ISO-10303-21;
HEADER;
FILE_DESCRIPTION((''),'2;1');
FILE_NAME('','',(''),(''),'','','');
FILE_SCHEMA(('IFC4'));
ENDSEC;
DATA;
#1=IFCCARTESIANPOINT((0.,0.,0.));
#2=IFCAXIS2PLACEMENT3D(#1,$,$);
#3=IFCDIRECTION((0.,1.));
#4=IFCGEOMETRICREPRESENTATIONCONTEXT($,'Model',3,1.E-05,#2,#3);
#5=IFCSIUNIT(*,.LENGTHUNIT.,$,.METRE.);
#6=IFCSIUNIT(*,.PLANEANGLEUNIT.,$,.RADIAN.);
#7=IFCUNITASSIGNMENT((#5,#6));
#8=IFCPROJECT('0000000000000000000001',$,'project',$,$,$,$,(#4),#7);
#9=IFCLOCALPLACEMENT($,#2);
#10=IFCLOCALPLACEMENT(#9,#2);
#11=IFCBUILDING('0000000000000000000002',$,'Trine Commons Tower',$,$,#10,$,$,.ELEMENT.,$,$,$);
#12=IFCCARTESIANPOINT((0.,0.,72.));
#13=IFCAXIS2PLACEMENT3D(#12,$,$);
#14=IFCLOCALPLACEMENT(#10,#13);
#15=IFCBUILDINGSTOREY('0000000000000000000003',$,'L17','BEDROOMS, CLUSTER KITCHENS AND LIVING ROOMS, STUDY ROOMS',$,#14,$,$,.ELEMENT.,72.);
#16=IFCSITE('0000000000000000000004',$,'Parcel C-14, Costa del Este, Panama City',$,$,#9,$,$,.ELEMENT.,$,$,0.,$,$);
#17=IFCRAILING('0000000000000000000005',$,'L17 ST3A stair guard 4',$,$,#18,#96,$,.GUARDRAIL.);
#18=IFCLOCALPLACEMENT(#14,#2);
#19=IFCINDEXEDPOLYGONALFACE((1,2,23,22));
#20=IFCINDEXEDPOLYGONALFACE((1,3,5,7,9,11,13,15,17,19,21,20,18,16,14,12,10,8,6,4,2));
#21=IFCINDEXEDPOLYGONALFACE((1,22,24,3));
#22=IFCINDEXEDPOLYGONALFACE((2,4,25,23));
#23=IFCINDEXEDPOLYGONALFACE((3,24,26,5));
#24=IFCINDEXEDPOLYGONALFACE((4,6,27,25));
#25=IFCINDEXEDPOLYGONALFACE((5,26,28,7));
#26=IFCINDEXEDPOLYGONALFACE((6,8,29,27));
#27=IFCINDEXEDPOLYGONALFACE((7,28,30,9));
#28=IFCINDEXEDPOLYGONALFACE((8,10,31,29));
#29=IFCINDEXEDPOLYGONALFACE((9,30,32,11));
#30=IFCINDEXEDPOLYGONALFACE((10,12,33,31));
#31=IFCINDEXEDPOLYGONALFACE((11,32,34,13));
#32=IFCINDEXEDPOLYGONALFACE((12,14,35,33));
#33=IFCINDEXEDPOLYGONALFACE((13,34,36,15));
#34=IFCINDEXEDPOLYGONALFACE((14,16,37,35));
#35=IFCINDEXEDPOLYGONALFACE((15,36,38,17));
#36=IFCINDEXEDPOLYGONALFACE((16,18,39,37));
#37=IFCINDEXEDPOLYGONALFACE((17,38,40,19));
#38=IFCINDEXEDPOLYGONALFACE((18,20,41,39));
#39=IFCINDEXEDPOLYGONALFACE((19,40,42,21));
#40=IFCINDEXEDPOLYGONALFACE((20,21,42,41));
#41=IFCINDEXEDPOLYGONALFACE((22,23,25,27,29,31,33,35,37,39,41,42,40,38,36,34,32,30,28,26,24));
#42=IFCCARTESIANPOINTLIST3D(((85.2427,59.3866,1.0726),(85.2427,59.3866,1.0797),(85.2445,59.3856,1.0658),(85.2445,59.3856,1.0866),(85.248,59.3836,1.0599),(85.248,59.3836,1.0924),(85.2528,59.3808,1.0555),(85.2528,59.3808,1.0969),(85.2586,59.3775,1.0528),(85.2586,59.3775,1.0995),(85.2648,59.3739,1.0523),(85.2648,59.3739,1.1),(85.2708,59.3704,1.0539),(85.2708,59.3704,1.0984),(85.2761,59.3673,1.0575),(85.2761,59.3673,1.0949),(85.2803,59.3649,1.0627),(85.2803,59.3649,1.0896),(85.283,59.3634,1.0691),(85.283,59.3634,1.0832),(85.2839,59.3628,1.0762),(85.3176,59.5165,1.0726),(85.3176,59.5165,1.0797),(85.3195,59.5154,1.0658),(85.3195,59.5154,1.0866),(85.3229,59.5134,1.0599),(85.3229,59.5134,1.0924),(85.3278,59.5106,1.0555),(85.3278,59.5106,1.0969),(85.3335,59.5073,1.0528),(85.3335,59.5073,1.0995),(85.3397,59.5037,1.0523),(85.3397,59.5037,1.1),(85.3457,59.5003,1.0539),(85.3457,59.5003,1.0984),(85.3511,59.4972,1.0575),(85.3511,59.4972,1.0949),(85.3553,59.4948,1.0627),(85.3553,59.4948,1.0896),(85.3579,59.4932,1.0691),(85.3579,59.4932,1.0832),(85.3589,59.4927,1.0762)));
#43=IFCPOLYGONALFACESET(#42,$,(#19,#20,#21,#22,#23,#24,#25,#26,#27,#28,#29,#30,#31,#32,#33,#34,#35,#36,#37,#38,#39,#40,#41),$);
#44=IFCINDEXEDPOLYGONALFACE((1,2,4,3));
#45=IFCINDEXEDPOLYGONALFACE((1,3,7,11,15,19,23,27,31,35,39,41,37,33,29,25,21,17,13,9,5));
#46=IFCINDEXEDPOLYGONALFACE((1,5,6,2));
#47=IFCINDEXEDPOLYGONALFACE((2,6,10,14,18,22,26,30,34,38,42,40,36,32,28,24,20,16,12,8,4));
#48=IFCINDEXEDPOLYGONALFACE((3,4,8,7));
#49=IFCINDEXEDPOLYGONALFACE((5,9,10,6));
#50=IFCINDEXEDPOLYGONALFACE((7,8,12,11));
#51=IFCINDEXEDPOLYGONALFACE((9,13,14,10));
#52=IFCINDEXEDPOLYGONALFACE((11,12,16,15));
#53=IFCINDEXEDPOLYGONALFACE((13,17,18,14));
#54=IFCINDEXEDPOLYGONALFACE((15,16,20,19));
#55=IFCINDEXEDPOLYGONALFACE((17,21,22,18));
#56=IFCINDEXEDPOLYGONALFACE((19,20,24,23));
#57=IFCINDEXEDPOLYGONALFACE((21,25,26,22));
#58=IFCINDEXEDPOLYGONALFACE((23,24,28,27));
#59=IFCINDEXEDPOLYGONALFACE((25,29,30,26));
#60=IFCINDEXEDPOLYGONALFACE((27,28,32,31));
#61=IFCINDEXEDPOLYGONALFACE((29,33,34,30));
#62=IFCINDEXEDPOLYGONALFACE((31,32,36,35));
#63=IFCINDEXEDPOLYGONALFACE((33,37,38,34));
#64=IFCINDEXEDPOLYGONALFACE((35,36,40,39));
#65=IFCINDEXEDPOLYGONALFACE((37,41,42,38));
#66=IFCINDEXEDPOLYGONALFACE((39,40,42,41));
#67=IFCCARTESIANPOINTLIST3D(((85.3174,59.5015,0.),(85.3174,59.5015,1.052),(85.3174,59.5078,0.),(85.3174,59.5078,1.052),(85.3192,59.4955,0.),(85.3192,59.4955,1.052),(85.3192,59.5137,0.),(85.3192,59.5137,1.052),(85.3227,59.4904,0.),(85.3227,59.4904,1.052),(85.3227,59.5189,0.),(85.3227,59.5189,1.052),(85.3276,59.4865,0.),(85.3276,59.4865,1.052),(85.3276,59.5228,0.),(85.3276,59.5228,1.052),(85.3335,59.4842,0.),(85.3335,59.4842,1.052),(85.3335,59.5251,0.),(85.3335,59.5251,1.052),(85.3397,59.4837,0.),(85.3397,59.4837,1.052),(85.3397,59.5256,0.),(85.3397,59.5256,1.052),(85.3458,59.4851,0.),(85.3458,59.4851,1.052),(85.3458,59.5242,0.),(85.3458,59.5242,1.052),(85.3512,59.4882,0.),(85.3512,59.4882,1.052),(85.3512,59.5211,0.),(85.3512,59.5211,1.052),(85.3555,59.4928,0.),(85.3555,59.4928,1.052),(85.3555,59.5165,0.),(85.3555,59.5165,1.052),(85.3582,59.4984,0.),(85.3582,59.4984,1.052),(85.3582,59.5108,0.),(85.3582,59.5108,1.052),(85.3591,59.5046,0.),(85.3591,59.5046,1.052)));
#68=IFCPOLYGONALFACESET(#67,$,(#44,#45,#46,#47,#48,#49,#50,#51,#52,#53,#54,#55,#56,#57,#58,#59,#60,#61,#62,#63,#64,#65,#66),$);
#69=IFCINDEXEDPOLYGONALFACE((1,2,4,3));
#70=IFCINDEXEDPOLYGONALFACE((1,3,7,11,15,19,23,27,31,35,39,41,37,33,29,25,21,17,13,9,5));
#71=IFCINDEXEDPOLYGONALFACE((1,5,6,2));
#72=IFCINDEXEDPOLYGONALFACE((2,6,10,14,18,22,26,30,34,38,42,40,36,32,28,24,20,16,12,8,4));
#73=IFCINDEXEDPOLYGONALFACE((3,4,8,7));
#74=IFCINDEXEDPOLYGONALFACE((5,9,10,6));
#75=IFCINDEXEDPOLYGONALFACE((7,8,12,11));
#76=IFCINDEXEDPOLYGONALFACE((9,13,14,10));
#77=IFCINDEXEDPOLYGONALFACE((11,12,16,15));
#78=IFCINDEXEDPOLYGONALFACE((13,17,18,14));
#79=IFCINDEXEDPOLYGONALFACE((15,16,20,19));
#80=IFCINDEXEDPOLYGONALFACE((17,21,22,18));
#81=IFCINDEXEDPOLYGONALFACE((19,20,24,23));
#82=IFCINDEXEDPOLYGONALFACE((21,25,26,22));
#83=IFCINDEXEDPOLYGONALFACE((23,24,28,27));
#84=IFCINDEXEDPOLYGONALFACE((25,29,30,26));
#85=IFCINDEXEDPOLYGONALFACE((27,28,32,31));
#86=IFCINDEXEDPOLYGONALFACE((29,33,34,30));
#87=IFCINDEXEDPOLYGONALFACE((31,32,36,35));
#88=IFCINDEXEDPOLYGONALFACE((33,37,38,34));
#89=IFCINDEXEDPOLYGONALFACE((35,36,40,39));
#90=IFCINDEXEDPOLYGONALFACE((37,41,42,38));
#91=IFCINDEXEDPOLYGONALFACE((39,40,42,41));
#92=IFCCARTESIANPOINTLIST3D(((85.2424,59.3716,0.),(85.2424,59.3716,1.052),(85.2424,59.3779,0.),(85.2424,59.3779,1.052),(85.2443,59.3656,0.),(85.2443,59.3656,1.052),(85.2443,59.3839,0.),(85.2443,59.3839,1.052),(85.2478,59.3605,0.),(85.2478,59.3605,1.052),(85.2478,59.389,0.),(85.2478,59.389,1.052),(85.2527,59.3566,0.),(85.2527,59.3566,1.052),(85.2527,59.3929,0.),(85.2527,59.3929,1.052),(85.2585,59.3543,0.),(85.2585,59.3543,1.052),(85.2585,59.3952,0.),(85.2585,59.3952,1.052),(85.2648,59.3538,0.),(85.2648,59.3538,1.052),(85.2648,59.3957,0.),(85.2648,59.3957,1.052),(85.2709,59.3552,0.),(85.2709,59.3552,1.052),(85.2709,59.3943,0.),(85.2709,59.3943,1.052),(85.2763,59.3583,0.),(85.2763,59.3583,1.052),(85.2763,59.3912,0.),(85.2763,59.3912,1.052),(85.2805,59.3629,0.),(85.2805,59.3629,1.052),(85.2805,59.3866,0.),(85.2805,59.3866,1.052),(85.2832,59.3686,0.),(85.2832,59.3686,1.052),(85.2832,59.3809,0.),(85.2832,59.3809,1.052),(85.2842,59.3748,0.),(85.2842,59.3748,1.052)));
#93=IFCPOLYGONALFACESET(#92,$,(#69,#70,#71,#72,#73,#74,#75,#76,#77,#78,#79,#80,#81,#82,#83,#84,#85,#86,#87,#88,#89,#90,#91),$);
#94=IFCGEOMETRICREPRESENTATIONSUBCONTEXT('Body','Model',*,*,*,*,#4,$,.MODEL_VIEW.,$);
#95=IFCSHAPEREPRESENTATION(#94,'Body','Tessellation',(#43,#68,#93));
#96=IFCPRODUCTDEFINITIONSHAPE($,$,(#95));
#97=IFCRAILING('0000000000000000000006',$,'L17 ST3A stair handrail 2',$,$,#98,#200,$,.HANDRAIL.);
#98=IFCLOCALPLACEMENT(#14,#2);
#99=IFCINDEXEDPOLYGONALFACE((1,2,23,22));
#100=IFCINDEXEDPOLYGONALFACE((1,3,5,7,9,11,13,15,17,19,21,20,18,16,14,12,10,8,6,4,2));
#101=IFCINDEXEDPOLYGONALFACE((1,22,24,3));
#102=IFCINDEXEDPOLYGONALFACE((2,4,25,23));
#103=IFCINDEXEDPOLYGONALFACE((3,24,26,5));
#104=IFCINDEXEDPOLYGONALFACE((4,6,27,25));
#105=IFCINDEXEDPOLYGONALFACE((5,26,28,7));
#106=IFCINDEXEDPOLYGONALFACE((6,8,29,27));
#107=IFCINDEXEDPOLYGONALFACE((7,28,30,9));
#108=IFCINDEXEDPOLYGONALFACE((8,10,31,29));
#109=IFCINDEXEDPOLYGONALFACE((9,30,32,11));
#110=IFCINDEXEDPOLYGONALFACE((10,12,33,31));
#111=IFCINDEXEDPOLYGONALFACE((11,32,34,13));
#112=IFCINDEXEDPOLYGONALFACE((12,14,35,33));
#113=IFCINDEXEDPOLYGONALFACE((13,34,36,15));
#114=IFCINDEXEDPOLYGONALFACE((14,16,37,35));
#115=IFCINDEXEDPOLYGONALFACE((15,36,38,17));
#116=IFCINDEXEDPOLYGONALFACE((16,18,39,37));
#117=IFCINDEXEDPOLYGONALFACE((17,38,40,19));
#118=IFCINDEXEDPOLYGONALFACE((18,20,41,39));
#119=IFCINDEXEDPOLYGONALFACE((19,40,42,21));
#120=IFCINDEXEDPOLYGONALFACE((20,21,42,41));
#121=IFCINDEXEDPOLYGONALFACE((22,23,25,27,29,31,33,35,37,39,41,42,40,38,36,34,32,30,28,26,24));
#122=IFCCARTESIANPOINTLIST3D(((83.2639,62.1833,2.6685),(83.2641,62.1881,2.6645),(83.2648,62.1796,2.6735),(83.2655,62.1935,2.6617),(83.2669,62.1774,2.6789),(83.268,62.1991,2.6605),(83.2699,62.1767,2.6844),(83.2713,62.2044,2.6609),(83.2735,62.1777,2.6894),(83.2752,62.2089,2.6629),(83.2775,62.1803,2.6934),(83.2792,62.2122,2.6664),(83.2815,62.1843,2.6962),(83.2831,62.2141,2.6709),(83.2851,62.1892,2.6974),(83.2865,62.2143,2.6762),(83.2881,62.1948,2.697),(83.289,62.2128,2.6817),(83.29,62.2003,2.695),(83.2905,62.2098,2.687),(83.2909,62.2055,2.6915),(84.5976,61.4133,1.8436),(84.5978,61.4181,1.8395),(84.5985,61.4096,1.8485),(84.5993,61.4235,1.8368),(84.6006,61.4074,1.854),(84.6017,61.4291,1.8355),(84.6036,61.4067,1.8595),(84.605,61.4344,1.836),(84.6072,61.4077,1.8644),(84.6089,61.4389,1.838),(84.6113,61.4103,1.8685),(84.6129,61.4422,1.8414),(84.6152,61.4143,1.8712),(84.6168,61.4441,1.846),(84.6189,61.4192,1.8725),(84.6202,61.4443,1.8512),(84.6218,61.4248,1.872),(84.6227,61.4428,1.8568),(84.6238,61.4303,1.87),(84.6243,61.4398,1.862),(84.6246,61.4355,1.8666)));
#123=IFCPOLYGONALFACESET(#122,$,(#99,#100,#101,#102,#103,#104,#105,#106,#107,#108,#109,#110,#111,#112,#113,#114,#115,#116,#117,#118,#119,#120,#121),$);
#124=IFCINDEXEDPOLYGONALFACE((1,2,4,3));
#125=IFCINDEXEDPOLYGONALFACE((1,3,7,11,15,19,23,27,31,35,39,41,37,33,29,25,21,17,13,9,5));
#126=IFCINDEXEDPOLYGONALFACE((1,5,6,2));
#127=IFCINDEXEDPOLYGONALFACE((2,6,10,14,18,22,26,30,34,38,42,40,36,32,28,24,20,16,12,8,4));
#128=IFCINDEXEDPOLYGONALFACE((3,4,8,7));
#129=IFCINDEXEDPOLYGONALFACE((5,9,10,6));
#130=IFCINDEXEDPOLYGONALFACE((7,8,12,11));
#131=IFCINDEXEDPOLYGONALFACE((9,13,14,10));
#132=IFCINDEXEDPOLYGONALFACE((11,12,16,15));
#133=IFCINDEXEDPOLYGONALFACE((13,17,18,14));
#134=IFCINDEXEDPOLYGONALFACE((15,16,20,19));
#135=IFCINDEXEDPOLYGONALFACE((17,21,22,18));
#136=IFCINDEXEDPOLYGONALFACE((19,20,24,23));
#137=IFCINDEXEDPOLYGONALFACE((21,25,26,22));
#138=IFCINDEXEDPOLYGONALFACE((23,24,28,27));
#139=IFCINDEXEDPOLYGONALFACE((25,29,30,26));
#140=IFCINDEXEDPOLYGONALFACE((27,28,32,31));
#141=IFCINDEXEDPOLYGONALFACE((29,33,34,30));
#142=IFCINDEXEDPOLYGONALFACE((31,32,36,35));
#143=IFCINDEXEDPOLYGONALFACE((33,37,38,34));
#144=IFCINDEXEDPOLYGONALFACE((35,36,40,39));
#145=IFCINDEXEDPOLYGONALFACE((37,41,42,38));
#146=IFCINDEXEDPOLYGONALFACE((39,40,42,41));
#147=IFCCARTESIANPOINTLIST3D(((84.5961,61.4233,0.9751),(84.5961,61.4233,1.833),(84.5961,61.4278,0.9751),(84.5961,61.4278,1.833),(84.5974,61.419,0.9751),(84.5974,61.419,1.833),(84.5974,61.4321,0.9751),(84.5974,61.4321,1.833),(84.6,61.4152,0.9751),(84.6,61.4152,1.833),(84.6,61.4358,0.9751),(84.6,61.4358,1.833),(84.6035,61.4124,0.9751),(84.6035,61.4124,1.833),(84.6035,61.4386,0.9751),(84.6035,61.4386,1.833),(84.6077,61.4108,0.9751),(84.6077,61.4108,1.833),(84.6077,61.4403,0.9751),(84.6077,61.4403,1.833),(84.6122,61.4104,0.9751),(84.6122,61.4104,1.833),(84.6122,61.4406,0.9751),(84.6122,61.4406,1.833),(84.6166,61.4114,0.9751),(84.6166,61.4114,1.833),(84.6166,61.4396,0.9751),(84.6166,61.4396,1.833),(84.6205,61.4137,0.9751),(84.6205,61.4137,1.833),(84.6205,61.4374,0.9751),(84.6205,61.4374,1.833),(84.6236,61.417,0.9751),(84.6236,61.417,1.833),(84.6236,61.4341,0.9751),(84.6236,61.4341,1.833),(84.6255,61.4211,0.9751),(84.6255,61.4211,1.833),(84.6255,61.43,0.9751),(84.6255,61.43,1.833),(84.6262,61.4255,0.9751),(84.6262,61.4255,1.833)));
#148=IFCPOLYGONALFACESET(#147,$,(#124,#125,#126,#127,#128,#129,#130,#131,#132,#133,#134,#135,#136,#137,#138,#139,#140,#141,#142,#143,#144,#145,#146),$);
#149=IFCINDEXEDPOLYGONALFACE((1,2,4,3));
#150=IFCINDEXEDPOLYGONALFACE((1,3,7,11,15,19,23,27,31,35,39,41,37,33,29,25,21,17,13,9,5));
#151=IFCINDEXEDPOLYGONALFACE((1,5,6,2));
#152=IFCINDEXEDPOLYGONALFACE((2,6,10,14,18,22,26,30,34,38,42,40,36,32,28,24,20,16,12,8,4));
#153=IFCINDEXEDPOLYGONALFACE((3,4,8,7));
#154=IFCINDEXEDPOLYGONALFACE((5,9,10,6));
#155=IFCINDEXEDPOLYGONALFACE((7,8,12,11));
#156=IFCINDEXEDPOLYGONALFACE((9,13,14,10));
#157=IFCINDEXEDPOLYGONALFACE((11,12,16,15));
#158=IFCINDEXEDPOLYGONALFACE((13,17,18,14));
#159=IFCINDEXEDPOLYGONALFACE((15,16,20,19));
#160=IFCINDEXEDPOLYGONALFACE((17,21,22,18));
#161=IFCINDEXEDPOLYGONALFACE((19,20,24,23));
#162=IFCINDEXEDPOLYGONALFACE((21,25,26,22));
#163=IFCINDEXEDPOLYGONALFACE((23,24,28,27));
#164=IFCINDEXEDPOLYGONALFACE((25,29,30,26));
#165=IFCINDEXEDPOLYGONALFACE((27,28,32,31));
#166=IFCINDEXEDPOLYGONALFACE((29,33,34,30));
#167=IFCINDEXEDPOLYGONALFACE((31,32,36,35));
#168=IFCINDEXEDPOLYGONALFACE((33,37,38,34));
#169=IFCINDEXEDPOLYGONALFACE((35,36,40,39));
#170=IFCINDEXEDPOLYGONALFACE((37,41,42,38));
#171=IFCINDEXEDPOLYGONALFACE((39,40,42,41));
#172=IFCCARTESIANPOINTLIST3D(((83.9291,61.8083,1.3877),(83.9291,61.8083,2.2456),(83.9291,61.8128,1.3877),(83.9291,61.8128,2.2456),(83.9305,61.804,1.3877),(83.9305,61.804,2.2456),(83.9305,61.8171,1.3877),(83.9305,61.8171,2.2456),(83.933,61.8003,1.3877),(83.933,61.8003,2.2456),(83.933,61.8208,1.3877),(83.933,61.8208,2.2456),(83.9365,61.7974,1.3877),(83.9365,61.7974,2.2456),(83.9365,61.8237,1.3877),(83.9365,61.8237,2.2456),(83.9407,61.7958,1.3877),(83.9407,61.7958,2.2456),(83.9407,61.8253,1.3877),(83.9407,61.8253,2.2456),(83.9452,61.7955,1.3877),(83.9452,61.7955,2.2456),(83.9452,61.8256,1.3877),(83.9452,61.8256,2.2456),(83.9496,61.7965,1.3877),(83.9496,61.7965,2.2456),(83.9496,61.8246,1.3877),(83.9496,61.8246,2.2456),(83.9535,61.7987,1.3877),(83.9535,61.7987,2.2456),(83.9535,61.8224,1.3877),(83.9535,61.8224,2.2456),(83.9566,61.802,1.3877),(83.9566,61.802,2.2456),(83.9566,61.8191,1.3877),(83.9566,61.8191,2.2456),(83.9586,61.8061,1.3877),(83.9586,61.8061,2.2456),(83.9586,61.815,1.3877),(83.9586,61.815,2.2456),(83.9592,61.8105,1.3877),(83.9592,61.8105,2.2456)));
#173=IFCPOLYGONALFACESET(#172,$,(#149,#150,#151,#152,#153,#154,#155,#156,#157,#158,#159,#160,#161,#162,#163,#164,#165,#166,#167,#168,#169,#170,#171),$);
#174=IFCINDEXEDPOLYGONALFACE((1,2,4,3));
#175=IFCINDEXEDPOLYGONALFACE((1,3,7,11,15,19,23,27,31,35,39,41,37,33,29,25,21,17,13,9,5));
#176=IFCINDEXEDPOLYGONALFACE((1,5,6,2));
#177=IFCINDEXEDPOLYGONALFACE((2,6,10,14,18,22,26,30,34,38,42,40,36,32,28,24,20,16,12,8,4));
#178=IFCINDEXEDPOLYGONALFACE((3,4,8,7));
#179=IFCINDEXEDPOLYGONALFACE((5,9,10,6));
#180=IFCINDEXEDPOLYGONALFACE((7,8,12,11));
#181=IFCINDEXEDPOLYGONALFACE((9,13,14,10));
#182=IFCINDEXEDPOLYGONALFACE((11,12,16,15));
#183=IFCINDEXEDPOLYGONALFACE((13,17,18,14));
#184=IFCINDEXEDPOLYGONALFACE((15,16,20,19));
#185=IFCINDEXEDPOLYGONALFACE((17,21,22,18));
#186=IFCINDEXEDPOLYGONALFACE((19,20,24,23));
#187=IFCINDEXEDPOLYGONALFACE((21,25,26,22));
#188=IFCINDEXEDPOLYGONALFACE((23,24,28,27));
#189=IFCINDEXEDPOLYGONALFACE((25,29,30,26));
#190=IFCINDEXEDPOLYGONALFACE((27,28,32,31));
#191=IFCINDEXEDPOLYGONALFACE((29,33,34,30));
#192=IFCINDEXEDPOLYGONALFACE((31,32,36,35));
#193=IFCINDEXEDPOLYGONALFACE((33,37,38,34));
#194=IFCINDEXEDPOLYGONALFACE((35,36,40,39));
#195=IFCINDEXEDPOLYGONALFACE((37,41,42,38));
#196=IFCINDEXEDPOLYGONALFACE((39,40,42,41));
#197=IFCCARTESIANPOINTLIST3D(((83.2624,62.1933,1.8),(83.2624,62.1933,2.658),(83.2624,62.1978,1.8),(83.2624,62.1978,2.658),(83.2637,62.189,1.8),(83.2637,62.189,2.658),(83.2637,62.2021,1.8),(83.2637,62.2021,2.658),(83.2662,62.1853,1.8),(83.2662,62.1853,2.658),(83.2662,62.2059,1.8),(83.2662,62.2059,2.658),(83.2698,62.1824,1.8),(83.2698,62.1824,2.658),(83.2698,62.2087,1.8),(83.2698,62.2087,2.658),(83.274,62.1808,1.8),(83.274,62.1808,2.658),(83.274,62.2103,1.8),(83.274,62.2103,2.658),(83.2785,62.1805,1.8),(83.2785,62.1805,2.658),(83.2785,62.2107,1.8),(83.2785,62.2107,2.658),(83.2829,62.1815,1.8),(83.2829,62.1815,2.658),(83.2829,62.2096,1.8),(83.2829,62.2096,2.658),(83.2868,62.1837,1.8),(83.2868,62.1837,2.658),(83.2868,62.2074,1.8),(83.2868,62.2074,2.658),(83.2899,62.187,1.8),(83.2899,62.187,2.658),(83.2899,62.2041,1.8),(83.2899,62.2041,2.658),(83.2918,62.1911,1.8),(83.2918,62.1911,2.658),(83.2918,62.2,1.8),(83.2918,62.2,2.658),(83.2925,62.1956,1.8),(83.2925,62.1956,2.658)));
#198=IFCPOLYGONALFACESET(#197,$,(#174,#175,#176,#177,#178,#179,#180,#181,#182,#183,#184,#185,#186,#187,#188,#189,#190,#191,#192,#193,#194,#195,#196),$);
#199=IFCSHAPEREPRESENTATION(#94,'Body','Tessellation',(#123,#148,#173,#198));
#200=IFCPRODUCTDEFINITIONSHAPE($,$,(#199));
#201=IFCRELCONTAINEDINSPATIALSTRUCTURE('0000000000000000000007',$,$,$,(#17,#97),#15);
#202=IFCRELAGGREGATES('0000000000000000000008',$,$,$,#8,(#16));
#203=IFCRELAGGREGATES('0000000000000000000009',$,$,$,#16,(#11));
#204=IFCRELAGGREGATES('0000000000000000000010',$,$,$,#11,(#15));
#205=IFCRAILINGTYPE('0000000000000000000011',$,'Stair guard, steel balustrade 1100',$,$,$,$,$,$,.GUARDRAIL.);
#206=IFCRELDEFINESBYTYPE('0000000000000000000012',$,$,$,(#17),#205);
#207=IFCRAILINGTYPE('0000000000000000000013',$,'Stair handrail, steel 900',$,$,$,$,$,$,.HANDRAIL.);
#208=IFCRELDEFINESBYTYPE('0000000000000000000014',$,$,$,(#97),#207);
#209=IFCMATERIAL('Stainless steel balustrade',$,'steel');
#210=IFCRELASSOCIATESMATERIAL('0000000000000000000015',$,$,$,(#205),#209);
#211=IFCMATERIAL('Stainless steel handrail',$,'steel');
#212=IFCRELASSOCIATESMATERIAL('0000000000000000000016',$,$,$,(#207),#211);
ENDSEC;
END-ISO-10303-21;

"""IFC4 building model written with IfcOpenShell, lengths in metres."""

from ifc_helpers import new_model, si_unit, direction, frame, origin, origin_2d, place, context, subcontext, project, spatial, circle, extrude, material, type_object, element, save


model = new_model("IFC4")

# Units and contexts
model_context = context("Model", 3, precision=1e-05, world=origin(), true_north=direction((0.0, 1.0)))
body_context = subcontext(model_context, "Body", "Model", "MODEL_VIEW")
ifc_project = project(units=[si_unit("LENGTHUNIT", "METRE"), si_unit("PLANEANGLEUNIT", "RADIAN")], contexts=[model_context])

# Site, building, storey
site_placement = place(None, origin())
site = spatial("IfcSite", under=ifc_project, at=site_placement, Name="Parcel C-14, Costa del Este, Panama City", CompositionType="ELEMENT", RefElevation=0.0)
building_placement = place(site_placement, origin())
building = spatial("IfcBuilding", under=site, at=building_placement, Name="Trine Commons Tower", CompositionType="ELEMENT")
storey_placement = place(building_placement, frame((0.0, 0.0, 72.0)))
storey = spatial("IfcBuildingStorey", under=building, at=storey_placement, Name="L17", Description="BEDROOMS, CLUSTER KITCHENS AND LIVING ROOMS, STUDY ROOMS", CompositionType="ELEMENT", Elevation=72.0)

# Railings
ifc_material_1 = material(Name="Stainless steel balustrade", Category="steel")
railing_type_1 = type_object("IfcRailingType", Name="Stair guard, steel balustrade 1100", PredefinedType="GUARDRAIL", material=ifc_material_1)
railing_1_placement = place(storey_placement, frame((85.3381, 59.5046, 0.0)))
element("IfcRailing", 1, at=railing_1_placement, inside=storey, type_object=railing_type_1, Name="L17 ST3A stair guard 4", PredefinedType="GUARDRAIL", context=body_context, shape_type="SweptSolid", body=[
    extrude(circle(Radius=0.0239, at=origin_2d()), frame((0.0, 0.0, 1.0762), z_axis=(-0.499816, -0.866131, 0.0), x_axis=(0.866131, -0.499816, 0.0)), (0.0, 0.0, 1.0), 0.1499),
    extrude(circle(Radius=0.021, at=origin_2d()), origin(), (0.0, 0.0, 1.0), 1.052),
    extrude(circle(Radius=0.021, at=origin_2d()), frame((-0.075, -0.1299, 0.0)), (0.0, 0.0, 1.0), 1.052),
])
ifc_material_2 = material(Name="Stainless steel handrail", Category="steel")
railing_type_2 = type_object("IfcRailingType", Name="Stair handrail, steel 900", PredefinedType="HANDRAIL", material=ifc_material_2)
railing_2_placement = place(storey_placement, frame((84.6111, 61.4255, 0.9751)))
element("IfcRailing", 2, at=railing_2_placement, inside=storey, type_object=railing_type_2, Name="L17 ST3A stair handrail 2", PredefinedType="HANDRAIL", context=body_context, shape_type="SweptSolid", body=[
    extrude(circle(Radius=0.021, at=origin_2d()), frame((0.0, 0.0, 0.8789), z_axis=(-0.763405, 0.440743, 0.472185), x_axis=(-0.499992, -0.86603, 0.0)), (0.0, 0.0, 1.0), 1.7471),
    extrude(circle(Radius=0.0151, at=origin_2d()), origin(), (0.0, 0.0, 1.0), 0.8579),
    extrude(circle(Radius=0.0151, at=origin_2d()), frame((-0.667, 0.385, 0.4126)), (0.0, 0.0, 1.0), 0.8579),
    extrude(circle(Radius=0.0151, at=origin_2d()), frame((-1.3337, 0.77, 0.825)), (0.0, 0.0, 1.0), 0.8579),
])

save(model, "model.ifc")
